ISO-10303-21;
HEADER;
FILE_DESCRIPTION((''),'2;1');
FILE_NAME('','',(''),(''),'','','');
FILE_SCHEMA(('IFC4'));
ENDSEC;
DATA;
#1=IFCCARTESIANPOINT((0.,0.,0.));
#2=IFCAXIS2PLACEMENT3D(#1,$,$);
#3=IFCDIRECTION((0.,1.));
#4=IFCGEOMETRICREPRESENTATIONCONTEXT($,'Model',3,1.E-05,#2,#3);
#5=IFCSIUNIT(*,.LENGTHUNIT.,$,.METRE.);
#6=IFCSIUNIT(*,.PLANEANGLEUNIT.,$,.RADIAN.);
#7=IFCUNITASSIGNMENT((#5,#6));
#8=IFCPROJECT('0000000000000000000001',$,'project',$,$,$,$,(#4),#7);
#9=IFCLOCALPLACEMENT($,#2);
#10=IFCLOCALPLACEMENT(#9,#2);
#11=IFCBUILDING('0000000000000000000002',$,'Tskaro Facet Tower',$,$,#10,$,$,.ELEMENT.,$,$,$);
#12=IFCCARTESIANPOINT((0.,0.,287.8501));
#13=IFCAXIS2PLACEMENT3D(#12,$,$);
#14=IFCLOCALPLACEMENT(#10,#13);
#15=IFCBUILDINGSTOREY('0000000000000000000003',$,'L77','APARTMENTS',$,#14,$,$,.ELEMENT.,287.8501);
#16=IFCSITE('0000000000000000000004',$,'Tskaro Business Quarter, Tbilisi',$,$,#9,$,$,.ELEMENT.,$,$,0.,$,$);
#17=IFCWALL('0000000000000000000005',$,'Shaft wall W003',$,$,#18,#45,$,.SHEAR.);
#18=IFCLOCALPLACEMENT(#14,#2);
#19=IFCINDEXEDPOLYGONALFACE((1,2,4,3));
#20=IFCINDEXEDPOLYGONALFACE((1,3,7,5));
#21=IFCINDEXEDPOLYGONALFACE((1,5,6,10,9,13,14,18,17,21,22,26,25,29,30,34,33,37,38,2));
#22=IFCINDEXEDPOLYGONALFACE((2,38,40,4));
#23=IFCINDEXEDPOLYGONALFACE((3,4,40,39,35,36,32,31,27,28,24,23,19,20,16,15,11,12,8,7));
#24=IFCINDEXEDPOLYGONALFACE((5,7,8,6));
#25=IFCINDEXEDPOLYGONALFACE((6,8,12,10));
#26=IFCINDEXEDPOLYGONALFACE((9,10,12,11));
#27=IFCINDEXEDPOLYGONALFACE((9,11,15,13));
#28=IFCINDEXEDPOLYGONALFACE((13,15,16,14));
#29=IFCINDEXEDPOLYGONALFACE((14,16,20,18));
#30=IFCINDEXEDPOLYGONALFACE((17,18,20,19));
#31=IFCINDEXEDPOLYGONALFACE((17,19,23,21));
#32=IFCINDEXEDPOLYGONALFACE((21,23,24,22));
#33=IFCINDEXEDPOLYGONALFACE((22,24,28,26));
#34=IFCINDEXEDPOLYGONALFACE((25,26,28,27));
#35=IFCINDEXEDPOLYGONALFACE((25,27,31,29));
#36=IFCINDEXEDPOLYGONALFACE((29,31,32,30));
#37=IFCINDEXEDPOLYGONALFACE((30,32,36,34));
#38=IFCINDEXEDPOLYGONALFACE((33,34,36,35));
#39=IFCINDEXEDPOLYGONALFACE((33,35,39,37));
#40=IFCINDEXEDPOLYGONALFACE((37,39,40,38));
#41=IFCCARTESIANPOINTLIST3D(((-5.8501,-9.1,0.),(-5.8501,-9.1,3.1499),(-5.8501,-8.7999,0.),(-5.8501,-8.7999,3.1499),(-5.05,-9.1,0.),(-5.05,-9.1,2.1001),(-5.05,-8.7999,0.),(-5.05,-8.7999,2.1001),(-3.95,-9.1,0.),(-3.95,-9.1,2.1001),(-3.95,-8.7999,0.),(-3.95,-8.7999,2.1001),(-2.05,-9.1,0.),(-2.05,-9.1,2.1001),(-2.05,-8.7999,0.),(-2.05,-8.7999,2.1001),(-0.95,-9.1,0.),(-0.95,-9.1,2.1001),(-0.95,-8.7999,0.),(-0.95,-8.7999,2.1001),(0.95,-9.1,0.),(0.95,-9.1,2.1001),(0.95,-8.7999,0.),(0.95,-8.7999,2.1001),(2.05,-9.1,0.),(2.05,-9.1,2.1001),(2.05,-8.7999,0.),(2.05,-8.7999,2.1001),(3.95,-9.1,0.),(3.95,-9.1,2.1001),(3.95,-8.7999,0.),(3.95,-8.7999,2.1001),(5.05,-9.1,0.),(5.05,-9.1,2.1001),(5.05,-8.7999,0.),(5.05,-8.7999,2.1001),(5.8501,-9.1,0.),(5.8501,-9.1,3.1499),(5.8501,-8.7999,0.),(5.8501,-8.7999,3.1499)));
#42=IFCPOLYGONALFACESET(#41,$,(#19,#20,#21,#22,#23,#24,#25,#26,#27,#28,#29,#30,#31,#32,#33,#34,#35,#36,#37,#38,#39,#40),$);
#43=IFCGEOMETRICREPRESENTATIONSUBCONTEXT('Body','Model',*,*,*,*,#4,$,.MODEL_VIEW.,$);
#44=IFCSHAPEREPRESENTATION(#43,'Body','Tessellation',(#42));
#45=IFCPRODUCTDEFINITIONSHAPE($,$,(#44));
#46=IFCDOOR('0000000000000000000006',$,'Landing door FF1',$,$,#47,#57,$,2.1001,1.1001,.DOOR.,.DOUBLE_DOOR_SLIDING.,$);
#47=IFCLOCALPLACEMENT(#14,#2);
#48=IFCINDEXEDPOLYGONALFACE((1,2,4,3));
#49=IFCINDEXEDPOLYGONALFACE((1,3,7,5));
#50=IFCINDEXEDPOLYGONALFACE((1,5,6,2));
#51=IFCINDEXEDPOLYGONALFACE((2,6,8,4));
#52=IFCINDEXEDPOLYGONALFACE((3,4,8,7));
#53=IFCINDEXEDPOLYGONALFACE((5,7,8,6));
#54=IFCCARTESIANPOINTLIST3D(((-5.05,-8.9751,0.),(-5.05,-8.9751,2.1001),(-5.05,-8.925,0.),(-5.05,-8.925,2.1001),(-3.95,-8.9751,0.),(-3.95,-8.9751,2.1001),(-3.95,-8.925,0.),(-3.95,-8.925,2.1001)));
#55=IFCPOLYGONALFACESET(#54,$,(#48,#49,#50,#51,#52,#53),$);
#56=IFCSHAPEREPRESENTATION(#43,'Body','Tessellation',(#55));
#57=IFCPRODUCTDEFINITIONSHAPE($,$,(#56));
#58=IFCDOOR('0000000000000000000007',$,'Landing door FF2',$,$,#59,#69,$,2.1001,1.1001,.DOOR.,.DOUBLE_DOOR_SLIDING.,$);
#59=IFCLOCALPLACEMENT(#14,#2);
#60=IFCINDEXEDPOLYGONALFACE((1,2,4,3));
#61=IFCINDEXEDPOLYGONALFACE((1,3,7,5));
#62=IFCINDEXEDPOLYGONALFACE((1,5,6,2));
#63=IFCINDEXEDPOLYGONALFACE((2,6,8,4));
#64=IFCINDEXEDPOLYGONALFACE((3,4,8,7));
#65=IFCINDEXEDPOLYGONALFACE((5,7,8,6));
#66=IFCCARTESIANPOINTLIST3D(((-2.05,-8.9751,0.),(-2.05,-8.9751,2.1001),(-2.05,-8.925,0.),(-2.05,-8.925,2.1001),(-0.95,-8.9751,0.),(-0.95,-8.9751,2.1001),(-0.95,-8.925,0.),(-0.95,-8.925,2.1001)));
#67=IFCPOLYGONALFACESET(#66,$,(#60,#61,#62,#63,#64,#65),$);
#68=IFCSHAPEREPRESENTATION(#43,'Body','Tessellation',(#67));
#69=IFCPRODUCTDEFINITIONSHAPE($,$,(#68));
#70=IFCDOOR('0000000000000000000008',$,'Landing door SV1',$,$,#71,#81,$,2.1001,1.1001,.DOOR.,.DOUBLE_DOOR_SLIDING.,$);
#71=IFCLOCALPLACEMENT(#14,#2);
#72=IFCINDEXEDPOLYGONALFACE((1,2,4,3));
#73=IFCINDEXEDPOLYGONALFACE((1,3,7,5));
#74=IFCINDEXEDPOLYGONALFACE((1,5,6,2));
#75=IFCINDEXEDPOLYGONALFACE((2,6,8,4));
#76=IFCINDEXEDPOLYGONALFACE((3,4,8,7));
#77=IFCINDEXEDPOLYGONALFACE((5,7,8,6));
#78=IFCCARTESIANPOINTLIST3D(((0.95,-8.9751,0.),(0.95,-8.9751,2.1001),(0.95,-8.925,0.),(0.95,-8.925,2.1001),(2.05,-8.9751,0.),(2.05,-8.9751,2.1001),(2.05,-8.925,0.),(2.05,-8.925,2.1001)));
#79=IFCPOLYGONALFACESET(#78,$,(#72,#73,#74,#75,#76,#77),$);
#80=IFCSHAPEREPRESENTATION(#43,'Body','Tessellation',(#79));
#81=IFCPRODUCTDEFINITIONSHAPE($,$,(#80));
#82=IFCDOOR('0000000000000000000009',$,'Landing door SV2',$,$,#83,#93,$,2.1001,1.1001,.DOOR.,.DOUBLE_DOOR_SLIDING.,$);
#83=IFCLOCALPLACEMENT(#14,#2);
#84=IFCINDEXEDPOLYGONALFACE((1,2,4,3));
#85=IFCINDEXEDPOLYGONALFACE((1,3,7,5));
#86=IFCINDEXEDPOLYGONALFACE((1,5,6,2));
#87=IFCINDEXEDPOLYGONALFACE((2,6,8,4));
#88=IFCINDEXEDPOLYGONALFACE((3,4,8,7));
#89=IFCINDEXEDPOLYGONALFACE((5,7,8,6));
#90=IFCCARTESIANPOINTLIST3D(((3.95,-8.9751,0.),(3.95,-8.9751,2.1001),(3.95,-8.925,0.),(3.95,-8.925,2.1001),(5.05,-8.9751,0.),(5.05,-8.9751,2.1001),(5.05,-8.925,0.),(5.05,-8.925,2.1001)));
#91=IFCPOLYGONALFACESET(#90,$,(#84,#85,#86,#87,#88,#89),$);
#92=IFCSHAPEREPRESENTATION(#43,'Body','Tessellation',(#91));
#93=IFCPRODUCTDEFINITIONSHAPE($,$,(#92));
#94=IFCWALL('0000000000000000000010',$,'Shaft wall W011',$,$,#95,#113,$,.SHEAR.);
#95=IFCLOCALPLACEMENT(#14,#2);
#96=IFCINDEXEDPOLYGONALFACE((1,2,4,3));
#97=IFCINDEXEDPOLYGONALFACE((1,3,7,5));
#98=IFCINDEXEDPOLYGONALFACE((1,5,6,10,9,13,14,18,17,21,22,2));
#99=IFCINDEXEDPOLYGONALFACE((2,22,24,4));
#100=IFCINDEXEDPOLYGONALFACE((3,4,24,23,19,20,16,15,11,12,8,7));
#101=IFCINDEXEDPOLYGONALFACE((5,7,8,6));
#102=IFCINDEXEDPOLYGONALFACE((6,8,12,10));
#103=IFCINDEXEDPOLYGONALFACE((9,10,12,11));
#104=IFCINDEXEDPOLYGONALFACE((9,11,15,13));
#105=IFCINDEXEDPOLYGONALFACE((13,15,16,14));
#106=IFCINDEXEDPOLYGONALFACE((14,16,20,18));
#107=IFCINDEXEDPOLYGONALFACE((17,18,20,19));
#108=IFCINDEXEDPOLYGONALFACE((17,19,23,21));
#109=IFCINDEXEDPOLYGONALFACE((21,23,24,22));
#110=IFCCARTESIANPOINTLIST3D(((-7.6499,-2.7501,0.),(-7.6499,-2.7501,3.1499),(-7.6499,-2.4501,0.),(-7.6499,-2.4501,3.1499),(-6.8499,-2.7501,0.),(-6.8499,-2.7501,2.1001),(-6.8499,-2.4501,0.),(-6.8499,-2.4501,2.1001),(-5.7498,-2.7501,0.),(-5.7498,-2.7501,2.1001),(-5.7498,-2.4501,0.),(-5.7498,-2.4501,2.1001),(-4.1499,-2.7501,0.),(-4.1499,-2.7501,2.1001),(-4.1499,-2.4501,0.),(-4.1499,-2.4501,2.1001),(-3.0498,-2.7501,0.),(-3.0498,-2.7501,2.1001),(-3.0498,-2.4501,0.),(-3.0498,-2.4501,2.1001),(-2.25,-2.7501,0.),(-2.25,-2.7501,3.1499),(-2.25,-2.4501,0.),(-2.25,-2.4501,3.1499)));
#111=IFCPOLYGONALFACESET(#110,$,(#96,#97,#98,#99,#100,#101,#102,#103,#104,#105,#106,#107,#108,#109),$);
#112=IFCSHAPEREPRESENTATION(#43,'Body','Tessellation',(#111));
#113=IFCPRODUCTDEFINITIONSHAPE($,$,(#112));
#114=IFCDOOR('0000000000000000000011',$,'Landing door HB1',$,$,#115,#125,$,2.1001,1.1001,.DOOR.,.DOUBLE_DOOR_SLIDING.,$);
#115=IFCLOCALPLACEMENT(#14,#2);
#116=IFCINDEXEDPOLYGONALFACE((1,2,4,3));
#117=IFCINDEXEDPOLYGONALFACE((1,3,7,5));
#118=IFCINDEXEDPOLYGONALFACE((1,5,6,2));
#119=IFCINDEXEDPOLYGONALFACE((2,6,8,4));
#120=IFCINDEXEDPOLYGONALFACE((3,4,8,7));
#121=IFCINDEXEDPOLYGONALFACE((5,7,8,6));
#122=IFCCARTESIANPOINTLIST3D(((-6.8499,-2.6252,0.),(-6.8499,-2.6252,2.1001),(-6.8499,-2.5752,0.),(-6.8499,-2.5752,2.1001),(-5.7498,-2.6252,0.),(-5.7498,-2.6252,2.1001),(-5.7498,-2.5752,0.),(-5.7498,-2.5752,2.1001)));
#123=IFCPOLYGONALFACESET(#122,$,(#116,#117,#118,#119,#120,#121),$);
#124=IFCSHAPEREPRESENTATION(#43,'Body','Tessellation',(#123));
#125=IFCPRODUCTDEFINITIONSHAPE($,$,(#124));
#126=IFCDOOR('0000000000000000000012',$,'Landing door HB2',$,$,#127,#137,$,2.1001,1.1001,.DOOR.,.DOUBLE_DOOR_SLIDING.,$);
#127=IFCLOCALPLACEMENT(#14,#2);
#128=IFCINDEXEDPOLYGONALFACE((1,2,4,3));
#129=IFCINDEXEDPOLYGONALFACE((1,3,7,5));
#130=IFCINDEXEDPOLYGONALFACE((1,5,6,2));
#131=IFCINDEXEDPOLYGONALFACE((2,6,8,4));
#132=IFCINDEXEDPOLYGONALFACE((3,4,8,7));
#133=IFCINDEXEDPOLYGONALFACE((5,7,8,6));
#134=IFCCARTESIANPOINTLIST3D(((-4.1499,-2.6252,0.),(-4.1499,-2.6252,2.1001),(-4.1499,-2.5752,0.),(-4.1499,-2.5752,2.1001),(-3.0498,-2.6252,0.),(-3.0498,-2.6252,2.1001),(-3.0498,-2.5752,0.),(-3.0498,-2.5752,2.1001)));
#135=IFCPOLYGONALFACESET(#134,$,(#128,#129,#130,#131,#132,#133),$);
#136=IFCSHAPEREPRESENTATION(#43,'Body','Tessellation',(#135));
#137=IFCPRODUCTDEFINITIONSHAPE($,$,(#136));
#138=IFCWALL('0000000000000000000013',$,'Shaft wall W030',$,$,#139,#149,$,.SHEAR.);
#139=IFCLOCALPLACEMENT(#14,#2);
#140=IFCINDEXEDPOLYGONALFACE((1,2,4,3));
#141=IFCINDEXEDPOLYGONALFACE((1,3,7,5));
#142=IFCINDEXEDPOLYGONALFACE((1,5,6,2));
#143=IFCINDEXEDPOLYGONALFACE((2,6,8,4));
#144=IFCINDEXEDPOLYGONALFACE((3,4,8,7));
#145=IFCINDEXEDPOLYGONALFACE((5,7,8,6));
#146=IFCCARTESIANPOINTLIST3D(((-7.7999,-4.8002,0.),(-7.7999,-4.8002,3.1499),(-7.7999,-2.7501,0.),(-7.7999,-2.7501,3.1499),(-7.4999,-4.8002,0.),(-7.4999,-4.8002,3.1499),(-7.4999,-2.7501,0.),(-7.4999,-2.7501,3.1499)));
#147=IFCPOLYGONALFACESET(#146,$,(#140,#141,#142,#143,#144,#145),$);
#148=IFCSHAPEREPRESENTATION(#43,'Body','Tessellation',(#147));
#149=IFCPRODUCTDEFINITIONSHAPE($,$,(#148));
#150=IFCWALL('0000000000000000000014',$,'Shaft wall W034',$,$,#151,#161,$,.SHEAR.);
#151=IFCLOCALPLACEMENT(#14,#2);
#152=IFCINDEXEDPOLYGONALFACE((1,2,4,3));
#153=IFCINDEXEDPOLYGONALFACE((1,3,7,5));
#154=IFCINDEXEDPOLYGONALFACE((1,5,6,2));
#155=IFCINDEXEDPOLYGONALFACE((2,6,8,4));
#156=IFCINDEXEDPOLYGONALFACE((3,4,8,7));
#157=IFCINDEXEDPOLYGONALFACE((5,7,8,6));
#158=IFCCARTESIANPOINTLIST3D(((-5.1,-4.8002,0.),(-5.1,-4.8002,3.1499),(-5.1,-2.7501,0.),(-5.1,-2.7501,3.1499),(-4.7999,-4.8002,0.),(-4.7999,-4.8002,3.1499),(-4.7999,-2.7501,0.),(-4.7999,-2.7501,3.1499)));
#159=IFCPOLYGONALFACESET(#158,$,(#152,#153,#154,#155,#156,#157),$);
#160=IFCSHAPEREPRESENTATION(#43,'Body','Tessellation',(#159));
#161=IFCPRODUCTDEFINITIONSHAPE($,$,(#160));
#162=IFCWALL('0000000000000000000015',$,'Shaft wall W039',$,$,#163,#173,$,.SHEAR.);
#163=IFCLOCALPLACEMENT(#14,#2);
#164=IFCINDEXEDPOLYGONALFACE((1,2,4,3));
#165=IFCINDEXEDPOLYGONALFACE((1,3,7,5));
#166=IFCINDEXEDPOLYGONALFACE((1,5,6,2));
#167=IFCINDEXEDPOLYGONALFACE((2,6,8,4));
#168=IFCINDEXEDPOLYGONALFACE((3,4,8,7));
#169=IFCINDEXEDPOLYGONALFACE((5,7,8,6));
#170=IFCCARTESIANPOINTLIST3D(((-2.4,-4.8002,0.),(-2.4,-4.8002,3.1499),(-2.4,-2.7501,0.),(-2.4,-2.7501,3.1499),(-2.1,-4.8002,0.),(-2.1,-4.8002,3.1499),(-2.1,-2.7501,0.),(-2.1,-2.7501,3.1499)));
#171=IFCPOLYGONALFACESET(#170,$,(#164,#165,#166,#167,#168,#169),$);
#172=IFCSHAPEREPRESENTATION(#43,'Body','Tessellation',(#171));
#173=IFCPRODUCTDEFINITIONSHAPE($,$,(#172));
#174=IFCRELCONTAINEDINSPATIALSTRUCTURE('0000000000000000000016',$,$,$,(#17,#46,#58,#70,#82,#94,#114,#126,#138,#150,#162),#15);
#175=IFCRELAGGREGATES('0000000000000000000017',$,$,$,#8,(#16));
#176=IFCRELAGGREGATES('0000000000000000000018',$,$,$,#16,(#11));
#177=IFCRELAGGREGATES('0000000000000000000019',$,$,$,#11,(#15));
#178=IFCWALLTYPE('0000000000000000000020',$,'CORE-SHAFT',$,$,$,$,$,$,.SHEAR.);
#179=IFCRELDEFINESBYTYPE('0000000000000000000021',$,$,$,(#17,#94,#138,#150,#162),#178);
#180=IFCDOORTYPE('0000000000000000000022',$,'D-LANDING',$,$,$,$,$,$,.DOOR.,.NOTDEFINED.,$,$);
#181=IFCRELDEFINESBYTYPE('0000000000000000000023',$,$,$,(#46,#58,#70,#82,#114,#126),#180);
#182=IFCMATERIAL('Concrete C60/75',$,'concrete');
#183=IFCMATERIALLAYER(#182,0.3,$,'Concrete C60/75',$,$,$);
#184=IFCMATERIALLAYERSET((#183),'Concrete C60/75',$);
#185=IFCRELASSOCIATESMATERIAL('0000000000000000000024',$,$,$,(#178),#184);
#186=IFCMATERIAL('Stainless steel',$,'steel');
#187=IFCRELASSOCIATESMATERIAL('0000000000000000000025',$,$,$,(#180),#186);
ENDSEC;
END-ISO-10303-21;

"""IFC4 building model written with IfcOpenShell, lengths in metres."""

from ifc_helpers import new_model, si_unit, direction, frame, frame_2d, origin, place, context, subcontext, project, spatial, rectangle, extrude, material, layer, layer_set, type_object, element, fill, save


model = new_model("IFC4")

# Units and contexts
model_context = context("Model", 3, precision=1e-05, world=origin(), true_north=direction((0.0, 1.0)))
body_context = subcontext(model_context, "Body", "Model", "MODEL_VIEW")
ifc_project = project(units=[si_unit("LENGTHUNIT", "METRE"), si_unit("PLANEANGLEUNIT", "RADIAN")], contexts=[model_context])

# Site, building, storey
site_placement = place(None, origin())
site = spatial("IfcSite", under=ifc_project, at=site_placement, Name="Tskaro Business Quarter, Tbilisi", CompositionType="ELEMENT", RefElevation=0.0)
building_placement = place(site_placement, origin())
building = spatial("IfcBuilding", under=site, at=building_placement, Name="Tskaro Facet Tower", CompositionType="ELEMENT")
storey_placement = place(building_placement, frame((0.0, 0.0, 287.8501)))
storey = spatial("IfcBuildingStorey", under=building, at=storey_placement, Name="L77", Description="APARTMENTS", CompositionType="ELEMENT", Elevation=287.8501)

# Walls, openings, doors
ifc_material_1 = material(Name="Concrete C60/75", Category="concrete")
ifc_layer_1 = layer(ifc_material_1, 0.3, Name="Concrete C60/75")
ifc_layer_set_1 = layer_set([ifc_layer_1], Name="Concrete C60/75")
wall_type_1 = type_object("IfcWallType", Name="CORE-SHAFT", PredefinedType="SHEAR", material=ifc_layer_set_1)
wall_1_placement = place(storey_placement, frame((-5.8501, -8.95, 0.0), z_axis=(0.0, 0.0, 1.0), x_axis=(1.0, 0.0, 0.0)))
wall_1 = element("IfcWall", 1, at=wall_1_placement, inside=storey, type_object=wall_type_1, Name="Shaft wall W003", PredefinedType="SHEAR", context=body_context, shape_type="SweptSolid", body=[
    extrude(rectangle(XDim=11.7002, YDim=0.3, at=frame_2d((5.8501, 0.0))), origin(), (0.0, 0.0, 1.0), 3.1499),
])
opening_1_placement = place(wall_1_placement, frame((0.8, 0.0, 0.0)))
opening_1 = element("IfcOpeningElement", 2, at=opening_1_placement, cuts=wall_1, PredefinedType="OPENING", context=body_context, shape_type="SweptSolid", body=[
    extrude(rectangle(XDim=1.1001, YDim=2.1001, at=frame_2d((0.55, 1.05))), frame((0.0, 0.1599, 0.0), z_axis=(0.0, -1.0, 0.0), x_axis=(1.0, 0.0, 0.0)), (0.0, 0.0, 1.0), 0.3201),
])
opening_2_placement = place(wall_1_placement, frame((3.8, 0.0, 0.0)))
opening_2 = element("IfcOpeningElement", 3, at=opening_2_placement, cuts=wall_1, PredefinedType="OPENING", context=body_context, shape_type="SweptSolid", body=[
    extrude(rectangle(XDim=1.1001, YDim=2.1001, at=frame_2d((0.55, 1.05))), frame((0.0, 0.1599, 0.0), z_axis=(0.0, -1.0, 0.0), x_axis=(1.0, 0.0, 0.0)), (0.0, 0.0, 1.0), 0.3201),
])
opening_3_placement = place(wall_1_placement, frame((6.8, 0.0, 0.0)))
opening_3 = element("IfcOpeningElement", 4, at=opening_3_placement, cuts=wall_1, PredefinedType="OPENING", context=body_context, shape_type="SweptSolid", body=[
    extrude(rectangle(XDim=1.1001, YDim=2.1001, at=frame_2d((0.55, 1.05))), frame((0.0, 0.1599, 0.0), z_axis=(0.0, -1.0, 0.0), x_axis=(1.0, 0.0, 0.0)), (0.0, 0.0, 1.0), 0.3201),
])
opening_4_placement = place(wall_1_placement, frame((9.8, 0.0, 0.0)))
opening_4 = element("IfcOpeningElement", 5, at=opening_4_placement, cuts=wall_1, PredefinedType="OPENING", context=body_context, shape_type="SweptSolid", body=[
    extrude(rectangle(XDim=1.1001, YDim=2.1001, at=frame_2d((0.55, 1.05))), frame((0.0, 0.1599, 0.0), z_axis=(0.0, -1.0, 0.0), x_axis=(1.0, 0.0, 0.0)), (0.0, 0.0, 1.0), 0.3201),
])
ifc_material_2 = material(Name="Stainless steel", Category="steel")
door_type_1 = type_object("IfcDoorType", Name="D-LANDING", OperationType="NOTDEFINED", PredefinedType="DOOR", material=ifc_material_2)
door_1_placement = place(opening_1_placement, origin())
door_1 = element("IfcDoor", 6, at=door_1_placement, inside=storey, type_object=door_type_1, Name="Landing door FF1", OperationType="DOUBLE_DOOR_SLIDING", OverallHeight=2.1001, OverallWidth=1.1001, PredefinedType="DOOR", context=body_context, shape_type="SweptSolid", body=[
    extrude(rectangle(XDim=1.1001, YDim=2.1001, at=frame_2d((0.55, 1.05))), frame((0.0, 0.0249, 0.0), z_axis=(0.0, -1.0, 0.0), x_axis=(1.0, 0.0, 0.0)), (0.0, 0.0, 1.0), 0.05),
])
fill(opening_1, door_1)
door_2_placement = place(opening_2_placement, origin())
door_2 = element("IfcDoor", 7, at=door_2_placement, inside=storey, type_object=door_type_1, Name="Landing door FF2", OperationType="DOUBLE_DOOR_SLIDING", OverallHeight=2.1001, OverallWidth=1.1001, PredefinedType="DOOR", context=body_context, shape_type="SweptSolid", body=[
    extrude(rectangle(XDim=1.1001, YDim=2.1001, at=frame_2d((0.55, 1.05))), frame((0.0, 0.0249, 0.0), z_axis=(0.0, -1.0, 0.0), x_axis=(1.0, 0.0, 0.0)), (0.0, 0.0, 1.0), 0.05),
])
fill(opening_2, door_2)
door_3_placement = place(opening_3_placement, origin())
door_3 = element("IfcDoor", 8, at=door_3_placement, inside=storey, type_object=door_type_1, Name="Landing door SV1", OperationType="DOUBLE_DOOR_SLIDING", OverallHeight=2.1001, OverallWidth=1.1001, PredefinedType="DOOR", context=body_context, shape_type="SweptSolid", body=[
    extrude(rectangle(XDim=1.1001, YDim=2.1001, at=frame_2d((0.55, 1.05))), frame((0.0, 0.0249, 0.0), z_axis=(0.0, -1.0, 0.0), x_axis=(1.0, 0.0, 0.0)), (0.0, 0.0, 1.0), 0.05),
])
fill(opening_3, door_3)
door_4_placement = place(opening_4_placement, origin())
door_4 = element("IfcDoor", 9, at=door_4_placement, inside=storey, type_object=door_type_1, Name="Landing door SV2", OperationType="DOUBLE_DOOR_SLIDING", OverallHeight=2.1001, OverallWidth=1.1001, PredefinedType="DOOR", context=body_context, shape_type="SweptSolid", body=[
    extrude(rectangle(XDim=1.1001, YDim=2.1001, at=frame_2d((0.55, 1.05))), frame((0.0, 0.0249, 0.0), z_axis=(0.0, -1.0, 0.0), x_axis=(1.0, 0.0, 0.0)), (0.0, 0.0, 1.0), 0.05),
])
fill(opening_4, door_4)
wall_2_placement = place(storey_placement, frame((-7.6499, -2.6001, 0.0), z_axis=(0.0, 0.0, 1.0), x_axis=(1.0, 0.0, 0.0)))
wall_2 = element("IfcWall", 10, at=wall_2_placement, inside=storey, type_object=wall_type_1, Name="Shaft wall W011", PredefinedType="SHEAR", context=body_context, shape_type="SweptSolid", body=[
    extrude(rectangle(XDim=5.3999, YDim=0.3, at=frame_2d((2.7, 0.0))), origin(), (0.0, 0.0, 1.0), 3.1499),
])
opening_5_placement = place(wall_2_placement, frame((0.8, 0.0, 0.0)))
opening_5 = element("IfcOpeningElement", 11, at=opening_5_placement, cuts=wall_2, PredefinedType="OPENING", context=body_context, shape_type="SweptSolid", body=[
    extrude(rectangle(XDim=1.1001, YDim=2.1001, at=frame_2d((0.55, 1.05))), frame((0.0, 0.1599, 0.0), z_axis=(0.0, -1.0, 0.0), x_axis=(1.0, 0.0, 0.0)), (0.0, 0.0, 1.0), 0.3201),
])
opening_6_placement = place(wall_2_placement, frame((3.5, 0.0, 0.0)))
opening_6 = element("IfcOpeningElement", 12, at=opening_6_placement, cuts=wall_2, PredefinedType="OPENING", context=body_context, shape_type="SweptSolid", body=[
    extrude(rectangle(XDim=1.1001, YDim=2.1001, at=frame_2d((0.55, 1.05))), frame((0.0, 0.1599, 0.0), z_axis=(0.0, -1.0, 0.0), x_axis=(1.0, 0.0, 0.0)), (0.0, 0.0, 1.0), 0.3201),
])
door_5_placement = place(opening_5_placement, origin())
door_5 = element("IfcDoor", 13, at=door_5_placement, inside=storey, type_object=door_type_1, Name="Landing door HB1", OperationType="DOUBLE_DOOR_SLIDING", OverallHeight=2.1001, OverallWidth=1.1001, PredefinedType="DOOR", context=body_context, shape_type="SweptSolid", body=[
    extrude(rectangle(XDim=1.1001, YDim=2.1001, at=frame_2d((0.55, 1.05))), frame((0.0, 0.0249, 0.0), z_axis=(0.0, -1.0, 0.0), x_axis=(1.0, 0.0, 0.0)), (0.0, 0.0, 1.0), 0.05),
])
fill(opening_5, door_5)
door_6_placement = place(opening_6_placement, origin())
door_6 = element("IfcDoor", 14, at=door_6_placement, inside=storey, type_object=door_type_1, Name="Landing door HB2", OperationType="DOUBLE_DOOR_SLIDING", OverallHeight=2.1001, OverallWidth=1.1001, PredefinedType="DOOR", context=body_context, shape_type="SweptSolid", body=[
    extrude(rectangle(XDim=1.1001, YDim=2.1001, at=frame_2d((0.55, 1.05))), frame((0.0, 0.0249, 0.0), z_axis=(0.0, -1.0, 0.0), x_axis=(1.0, 0.0, 0.0)), (0.0, 0.0, 1.0), 0.05),
])
fill(opening_6, door_6)

# Walls
for number, where, z_axis, x_axis, name in (
    (15, (-7.6499, -4.8, 0.0), (0.0, 0.0, 1.0), (0.0, 1.0, 0.0), "Shaft wall W030"),
    (16, (-4.95, -4.8, 0.0), (0.0, 0.0, 1.0), (0.0, 1.0, 0.0), "Shaft wall W034"),
    (17, (-2.25, -4.8, 0.0), (0.0, 0.0, 1.0), (0.0, 1.0, 0.0), "Shaft wall W039"),
):
    element("IfcWall", number, at=place(storey_placement, frame(where, z_axis=z_axis, x_axis=x_axis)), inside=storey, type_object=wall_type_1, Name=name, PredefinedType="SHEAR", context=body_context, shape_type="SweptSolid", body=[
        extrude(rectangle(XDim=2.05, YDim=0.3, at=frame_2d((1.0249, 0.0))), origin(), (0.0, 0.0, 1.0), 3.1499),
    ])

save(model, "model.ifc")
